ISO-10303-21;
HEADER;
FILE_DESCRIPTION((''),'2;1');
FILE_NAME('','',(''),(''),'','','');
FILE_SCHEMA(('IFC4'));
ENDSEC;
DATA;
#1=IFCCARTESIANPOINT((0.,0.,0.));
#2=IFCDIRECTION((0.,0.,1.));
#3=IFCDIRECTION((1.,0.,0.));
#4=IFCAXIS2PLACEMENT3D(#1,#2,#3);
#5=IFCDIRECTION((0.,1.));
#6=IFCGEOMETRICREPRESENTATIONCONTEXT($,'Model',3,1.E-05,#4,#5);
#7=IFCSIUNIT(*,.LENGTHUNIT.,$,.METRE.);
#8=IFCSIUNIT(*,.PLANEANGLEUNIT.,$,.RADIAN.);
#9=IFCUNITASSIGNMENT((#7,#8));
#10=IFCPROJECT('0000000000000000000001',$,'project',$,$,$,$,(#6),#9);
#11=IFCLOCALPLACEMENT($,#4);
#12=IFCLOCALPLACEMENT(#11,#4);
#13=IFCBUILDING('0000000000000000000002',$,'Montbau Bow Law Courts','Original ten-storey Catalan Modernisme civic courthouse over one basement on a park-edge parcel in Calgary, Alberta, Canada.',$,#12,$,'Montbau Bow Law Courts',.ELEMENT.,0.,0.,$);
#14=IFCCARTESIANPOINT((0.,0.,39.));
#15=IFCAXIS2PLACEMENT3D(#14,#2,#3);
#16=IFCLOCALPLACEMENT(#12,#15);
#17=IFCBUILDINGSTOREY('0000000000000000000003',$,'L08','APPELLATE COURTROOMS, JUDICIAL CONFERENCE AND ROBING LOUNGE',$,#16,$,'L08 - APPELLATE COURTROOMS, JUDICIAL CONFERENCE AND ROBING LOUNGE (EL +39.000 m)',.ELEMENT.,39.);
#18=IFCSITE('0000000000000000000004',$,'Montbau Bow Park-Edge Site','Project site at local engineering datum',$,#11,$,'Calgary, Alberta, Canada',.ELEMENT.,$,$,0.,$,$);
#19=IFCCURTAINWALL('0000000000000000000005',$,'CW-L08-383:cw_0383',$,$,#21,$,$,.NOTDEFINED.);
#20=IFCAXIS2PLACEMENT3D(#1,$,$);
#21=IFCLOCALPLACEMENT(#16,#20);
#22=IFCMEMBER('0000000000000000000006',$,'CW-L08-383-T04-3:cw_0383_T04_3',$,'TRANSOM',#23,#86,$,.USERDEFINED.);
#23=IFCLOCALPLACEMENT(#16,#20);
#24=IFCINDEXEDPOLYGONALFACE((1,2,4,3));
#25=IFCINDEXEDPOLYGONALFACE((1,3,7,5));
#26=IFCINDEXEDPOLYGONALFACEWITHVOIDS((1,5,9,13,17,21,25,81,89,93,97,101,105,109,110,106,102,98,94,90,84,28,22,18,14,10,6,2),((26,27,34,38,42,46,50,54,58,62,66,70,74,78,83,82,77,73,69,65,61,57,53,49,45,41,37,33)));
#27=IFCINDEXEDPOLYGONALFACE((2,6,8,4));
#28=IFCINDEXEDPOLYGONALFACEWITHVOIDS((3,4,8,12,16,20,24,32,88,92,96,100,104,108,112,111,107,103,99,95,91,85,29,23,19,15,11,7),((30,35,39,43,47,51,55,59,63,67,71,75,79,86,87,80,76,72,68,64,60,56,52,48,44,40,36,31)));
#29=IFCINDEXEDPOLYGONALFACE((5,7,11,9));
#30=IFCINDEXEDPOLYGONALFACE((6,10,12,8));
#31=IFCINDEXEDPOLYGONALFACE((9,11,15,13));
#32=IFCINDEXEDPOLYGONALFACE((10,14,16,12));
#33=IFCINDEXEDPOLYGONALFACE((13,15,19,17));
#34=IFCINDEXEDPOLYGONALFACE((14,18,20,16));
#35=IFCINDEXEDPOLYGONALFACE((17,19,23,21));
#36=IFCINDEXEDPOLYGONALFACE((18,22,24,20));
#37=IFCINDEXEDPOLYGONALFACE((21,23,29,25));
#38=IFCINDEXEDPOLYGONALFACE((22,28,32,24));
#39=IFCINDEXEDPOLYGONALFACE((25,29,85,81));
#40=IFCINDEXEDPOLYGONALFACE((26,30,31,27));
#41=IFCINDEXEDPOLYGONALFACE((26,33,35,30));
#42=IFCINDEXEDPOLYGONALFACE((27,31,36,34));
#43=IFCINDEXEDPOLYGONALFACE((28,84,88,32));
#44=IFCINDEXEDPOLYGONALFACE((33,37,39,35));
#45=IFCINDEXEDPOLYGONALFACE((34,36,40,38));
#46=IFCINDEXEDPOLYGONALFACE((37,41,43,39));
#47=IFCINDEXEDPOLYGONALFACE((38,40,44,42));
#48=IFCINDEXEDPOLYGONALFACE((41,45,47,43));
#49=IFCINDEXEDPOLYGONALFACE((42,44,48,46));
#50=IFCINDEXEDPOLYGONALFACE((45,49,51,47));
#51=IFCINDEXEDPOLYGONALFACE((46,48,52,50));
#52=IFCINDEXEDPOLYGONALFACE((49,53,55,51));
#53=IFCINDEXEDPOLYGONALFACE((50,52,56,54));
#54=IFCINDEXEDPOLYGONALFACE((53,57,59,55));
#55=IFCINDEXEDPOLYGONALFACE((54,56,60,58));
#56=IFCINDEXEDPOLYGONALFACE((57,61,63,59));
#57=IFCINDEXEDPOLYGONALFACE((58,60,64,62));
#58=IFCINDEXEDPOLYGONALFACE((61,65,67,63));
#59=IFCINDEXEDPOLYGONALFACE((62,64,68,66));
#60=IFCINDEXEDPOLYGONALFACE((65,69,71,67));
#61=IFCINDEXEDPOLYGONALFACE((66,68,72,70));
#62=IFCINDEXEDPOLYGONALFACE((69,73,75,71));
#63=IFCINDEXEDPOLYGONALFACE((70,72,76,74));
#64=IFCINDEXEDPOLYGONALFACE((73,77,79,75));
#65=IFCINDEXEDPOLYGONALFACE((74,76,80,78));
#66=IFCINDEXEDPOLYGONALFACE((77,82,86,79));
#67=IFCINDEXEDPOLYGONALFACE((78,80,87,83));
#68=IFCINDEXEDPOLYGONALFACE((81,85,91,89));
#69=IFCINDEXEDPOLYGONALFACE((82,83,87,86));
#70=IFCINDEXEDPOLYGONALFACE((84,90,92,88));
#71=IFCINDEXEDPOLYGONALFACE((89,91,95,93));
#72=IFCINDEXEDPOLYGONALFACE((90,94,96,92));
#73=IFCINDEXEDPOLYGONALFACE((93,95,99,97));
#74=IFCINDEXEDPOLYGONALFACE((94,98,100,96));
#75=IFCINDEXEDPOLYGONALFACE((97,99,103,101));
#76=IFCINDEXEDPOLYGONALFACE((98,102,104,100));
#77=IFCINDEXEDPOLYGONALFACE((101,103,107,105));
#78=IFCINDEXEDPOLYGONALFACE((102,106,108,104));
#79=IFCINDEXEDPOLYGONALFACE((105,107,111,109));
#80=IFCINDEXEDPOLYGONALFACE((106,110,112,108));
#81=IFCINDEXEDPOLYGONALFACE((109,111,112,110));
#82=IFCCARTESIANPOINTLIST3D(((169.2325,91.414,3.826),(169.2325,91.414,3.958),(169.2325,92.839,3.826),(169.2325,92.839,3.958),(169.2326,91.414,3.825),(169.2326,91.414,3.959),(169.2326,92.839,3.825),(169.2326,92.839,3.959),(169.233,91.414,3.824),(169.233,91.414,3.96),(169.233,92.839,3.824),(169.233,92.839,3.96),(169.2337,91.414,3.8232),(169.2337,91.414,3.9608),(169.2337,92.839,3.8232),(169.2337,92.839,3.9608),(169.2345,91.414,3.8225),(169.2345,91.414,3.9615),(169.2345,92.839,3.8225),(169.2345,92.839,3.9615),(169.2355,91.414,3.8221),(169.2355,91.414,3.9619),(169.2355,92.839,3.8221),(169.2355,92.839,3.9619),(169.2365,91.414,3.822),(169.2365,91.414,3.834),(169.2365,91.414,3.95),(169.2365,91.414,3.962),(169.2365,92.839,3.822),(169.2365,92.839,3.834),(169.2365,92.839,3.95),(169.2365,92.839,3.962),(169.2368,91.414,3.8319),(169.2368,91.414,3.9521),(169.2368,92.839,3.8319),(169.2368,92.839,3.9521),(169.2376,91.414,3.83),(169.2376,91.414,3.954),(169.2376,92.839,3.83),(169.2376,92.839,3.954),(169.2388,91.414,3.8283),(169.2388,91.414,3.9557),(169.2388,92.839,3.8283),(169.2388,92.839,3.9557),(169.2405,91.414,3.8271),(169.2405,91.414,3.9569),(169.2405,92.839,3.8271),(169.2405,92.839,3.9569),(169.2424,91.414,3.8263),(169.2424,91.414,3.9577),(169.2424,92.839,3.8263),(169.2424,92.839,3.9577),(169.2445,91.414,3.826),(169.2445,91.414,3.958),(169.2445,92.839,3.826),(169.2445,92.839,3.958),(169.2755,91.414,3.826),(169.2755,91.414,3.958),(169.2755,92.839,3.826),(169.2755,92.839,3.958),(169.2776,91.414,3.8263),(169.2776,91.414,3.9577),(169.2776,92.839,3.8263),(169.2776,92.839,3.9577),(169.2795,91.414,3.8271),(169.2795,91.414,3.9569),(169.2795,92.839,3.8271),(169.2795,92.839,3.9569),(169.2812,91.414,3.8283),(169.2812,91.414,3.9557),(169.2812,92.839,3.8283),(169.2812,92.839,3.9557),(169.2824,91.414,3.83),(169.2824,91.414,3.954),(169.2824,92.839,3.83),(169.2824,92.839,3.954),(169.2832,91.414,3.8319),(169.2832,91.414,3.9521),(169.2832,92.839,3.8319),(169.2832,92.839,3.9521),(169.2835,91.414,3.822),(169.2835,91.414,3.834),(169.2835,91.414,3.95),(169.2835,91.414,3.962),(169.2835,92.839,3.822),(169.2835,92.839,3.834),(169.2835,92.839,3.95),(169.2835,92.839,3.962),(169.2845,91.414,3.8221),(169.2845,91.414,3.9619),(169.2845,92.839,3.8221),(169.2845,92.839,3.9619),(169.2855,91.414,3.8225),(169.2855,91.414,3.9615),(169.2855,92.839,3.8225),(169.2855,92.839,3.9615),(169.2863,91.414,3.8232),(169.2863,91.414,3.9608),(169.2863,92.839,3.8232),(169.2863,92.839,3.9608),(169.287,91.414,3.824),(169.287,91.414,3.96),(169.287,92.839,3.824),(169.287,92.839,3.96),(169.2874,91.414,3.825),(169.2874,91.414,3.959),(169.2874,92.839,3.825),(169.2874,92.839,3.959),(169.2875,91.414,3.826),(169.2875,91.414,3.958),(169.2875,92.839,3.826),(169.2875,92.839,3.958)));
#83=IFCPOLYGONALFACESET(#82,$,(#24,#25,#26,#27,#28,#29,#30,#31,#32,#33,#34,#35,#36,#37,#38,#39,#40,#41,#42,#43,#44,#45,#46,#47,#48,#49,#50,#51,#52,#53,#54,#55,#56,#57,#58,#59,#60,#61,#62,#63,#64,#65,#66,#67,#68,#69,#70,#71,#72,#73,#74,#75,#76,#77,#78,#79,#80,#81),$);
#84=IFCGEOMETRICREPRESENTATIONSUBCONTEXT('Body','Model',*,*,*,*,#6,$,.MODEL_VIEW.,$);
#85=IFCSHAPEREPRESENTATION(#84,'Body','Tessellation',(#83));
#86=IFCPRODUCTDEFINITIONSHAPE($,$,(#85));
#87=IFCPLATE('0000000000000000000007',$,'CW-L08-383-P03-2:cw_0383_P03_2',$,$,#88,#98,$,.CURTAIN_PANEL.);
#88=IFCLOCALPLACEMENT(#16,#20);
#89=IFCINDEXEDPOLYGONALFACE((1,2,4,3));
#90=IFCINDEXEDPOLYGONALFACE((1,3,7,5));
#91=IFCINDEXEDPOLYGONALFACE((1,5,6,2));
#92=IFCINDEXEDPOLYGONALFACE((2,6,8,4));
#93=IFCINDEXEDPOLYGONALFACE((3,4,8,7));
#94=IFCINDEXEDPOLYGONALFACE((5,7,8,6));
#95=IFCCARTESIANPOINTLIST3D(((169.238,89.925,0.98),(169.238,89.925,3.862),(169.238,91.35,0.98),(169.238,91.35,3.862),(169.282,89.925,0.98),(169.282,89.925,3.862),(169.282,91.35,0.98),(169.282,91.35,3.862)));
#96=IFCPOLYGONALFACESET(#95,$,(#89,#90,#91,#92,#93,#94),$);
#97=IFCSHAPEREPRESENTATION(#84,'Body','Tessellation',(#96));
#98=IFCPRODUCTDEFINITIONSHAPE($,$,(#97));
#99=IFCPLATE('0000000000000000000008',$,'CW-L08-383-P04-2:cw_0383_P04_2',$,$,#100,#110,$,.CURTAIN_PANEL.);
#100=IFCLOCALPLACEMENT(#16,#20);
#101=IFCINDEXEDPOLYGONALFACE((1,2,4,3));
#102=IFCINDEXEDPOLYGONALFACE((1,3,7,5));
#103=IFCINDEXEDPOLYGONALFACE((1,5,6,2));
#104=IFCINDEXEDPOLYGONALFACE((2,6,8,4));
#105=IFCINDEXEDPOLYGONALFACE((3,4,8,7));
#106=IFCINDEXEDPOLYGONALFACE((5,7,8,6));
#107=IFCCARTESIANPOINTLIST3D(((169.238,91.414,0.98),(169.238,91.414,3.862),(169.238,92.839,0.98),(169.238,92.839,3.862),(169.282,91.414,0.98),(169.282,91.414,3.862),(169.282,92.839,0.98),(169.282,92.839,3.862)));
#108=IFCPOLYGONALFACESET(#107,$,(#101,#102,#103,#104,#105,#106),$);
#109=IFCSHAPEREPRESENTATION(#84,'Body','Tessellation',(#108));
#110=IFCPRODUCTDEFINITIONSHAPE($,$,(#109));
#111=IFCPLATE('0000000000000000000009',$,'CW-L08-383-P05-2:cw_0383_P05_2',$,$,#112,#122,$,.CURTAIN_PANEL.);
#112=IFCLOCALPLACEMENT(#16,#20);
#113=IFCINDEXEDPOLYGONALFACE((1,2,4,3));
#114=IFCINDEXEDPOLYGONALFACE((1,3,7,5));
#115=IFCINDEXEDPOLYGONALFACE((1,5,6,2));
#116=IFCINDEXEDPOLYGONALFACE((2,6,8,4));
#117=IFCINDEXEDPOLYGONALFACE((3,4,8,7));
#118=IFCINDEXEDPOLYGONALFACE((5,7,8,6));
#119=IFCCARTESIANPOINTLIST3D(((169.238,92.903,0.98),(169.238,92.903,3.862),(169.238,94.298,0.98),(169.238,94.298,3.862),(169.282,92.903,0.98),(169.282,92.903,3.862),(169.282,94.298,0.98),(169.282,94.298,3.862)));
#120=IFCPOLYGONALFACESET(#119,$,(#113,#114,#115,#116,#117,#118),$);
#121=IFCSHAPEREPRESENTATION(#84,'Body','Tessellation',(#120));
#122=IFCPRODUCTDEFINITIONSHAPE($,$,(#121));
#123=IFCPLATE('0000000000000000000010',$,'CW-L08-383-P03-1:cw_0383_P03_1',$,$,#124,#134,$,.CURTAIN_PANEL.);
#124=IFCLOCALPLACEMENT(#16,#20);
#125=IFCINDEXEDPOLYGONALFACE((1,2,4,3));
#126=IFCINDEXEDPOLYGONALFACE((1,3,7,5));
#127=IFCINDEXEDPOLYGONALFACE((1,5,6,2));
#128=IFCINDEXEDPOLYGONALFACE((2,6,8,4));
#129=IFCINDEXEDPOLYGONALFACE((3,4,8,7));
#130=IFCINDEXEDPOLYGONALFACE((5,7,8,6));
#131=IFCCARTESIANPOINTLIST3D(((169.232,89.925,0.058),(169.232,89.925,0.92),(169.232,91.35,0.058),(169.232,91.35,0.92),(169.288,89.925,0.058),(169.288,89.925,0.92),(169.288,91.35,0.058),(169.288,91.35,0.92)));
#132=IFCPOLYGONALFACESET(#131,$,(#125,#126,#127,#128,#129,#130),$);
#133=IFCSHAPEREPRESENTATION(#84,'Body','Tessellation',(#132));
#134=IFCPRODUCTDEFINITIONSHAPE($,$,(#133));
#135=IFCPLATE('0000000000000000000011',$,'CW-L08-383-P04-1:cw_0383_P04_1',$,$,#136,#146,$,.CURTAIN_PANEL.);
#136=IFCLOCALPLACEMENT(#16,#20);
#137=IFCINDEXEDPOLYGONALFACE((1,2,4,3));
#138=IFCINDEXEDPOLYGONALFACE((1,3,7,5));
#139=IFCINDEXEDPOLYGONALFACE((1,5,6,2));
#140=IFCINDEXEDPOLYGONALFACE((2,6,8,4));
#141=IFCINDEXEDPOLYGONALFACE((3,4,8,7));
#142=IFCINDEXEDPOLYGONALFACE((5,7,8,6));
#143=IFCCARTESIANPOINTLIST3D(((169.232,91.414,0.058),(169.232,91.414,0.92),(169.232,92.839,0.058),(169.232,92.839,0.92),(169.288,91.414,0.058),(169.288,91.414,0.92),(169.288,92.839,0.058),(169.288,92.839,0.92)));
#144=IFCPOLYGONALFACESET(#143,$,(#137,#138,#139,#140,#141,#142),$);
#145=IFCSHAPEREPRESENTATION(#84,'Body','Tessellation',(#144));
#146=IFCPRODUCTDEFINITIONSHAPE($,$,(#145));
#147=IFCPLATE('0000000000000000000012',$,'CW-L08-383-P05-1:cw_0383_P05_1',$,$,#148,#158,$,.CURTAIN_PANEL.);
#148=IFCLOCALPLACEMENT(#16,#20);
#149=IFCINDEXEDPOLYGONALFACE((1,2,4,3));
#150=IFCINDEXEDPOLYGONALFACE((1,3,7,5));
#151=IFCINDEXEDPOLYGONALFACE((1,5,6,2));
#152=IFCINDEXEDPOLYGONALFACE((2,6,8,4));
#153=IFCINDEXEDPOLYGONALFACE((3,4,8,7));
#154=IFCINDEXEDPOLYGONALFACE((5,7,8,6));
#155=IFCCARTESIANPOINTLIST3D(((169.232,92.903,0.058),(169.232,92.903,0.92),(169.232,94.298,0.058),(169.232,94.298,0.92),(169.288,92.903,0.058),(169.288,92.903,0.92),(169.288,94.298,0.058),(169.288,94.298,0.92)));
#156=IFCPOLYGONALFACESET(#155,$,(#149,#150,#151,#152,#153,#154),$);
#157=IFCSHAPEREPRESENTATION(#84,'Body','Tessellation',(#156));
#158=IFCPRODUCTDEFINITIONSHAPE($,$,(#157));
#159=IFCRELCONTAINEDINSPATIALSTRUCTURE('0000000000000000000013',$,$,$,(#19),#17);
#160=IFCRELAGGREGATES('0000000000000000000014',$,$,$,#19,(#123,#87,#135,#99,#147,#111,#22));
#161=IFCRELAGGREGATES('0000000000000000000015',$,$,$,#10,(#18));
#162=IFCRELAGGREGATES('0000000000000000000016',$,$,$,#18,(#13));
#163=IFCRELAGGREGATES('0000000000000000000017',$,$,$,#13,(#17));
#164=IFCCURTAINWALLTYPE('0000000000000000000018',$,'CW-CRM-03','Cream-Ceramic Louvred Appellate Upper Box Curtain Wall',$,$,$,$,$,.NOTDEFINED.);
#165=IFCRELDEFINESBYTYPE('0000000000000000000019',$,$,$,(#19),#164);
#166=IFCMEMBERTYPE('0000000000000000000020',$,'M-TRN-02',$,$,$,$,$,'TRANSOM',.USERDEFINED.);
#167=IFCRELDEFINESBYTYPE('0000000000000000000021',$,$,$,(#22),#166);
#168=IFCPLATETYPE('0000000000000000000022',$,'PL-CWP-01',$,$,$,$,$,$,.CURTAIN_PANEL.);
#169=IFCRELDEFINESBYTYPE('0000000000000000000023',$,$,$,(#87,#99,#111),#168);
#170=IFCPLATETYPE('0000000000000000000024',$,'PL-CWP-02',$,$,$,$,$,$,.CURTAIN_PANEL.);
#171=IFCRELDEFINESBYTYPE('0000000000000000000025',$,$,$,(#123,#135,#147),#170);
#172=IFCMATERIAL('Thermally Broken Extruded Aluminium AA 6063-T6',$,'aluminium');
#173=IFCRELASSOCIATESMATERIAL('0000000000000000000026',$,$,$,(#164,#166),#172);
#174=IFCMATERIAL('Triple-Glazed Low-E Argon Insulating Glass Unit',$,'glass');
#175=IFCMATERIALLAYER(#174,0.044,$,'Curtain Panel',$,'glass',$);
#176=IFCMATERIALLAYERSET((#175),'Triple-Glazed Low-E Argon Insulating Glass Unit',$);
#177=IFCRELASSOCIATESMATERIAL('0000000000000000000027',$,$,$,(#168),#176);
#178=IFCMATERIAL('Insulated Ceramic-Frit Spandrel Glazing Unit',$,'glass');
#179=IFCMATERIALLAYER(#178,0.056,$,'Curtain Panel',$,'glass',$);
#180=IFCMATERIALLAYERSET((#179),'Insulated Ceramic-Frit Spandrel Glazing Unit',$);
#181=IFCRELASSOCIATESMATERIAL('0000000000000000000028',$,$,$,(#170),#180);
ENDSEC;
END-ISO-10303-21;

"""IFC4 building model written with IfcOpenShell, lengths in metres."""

from ifc_helpers import new_model, si_unit, direction, frame, frame_2d, origin_with_axes, origin_2d_with_axis, place, context, subcontext, project, spatial, rectangle, hollow_rectangle, extrude, material, layer, layer_set, material_profile, profile_set, type_object, element, aggregate, save


model = new_model("IFC4")

# Units and contexts
model_context = context("Model", 3, precision=1e-05, world=origin_with_axes(), true_north=direction((0.0, 1.0)))
body_context = subcontext(model_context, "Body", "Model", "MODEL_VIEW")
ifc_project = project(units=[si_unit("LENGTHUNIT", "METRE"), si_unit("PLANEANGLEUNIT", "RADIAN")], contexts=[model_context])

# Site, building, storey
site_placement = place(None, origin_with_axes())
site = spatial("IfcSite", under=ifc_project, at=site_placement, Name="Montbau Bow Park-Edge Site", Description="Project site at local engineering datum", LongName="Calgary, Alberta, Canada", CompositionType="ELEMENT", RefElevation=0.0)
building_placement = place(site_placement, origin_with_axes())
building = spatial("IfcBuilding", under=site, at=building_placement, Name="Montbau Bow Law Courts", Description="Original ten-storey Catalan Modernisme civic courthouse over one basement on a park-edge parcel in Calgary, Alberta, Canada.", LongName="Montbau Bow Law Courts", CompositionType="ELEMENT", ElevationOfRefHeight=0.0, ElevationOfTerrain=0.0)
storey_placement = place(building_placement, frame((0.0, 0.0, 39.0), z_axis=(0.0, 0.0, 1.0), x_axis=(1.0, 0.0, 0.0)))
storey = spatial("IfcBuildingStorey", under=building, at=storey_placement, Name="L08", Description="APPELLATE COURTROOMS, JUDICIAL CONFERENCE AND ROBING LOUNGE", LongName="L08 - APPELLATE COURTROOMS, JUDICIAL CONFERENCE AND ROBING LOUNGE (EL +39.000 m)", CompositionType="ELEMENT", Elevation=39.0)

# Curtain wall, member, plates
ifc_material_1 = material(Name="Thermally Broken Extruded Aluminium AA 6063-T6", Category="aluminium")
curtain_wall_type = type_object("IfcCurtainWallType", Name="CW-CRM-03", Description="Cream-Ceramic Louvred Appellate Upper Box Curtain Wall", PredefinedType="NOTDEFINED", material=ifc_material_1)
curtain_wall_placement = place(None, frame((169.26, 86.915, 39.0), z_axis=(0.0, 0.0, 1.0), x_axis=(1.0, 0.0, 0.0)))
curtain_wall = element("IfcCurtainWall", 1, at=curtain_wall_placement, inside=storey, type_object=curtain_wall_type, Name="CW-L08-383:cw_0383", PredefinedType="NOTDEFINED")
ifc_material_profile_1 = material_profile(ifc_material_1, hollow_rectangle(XDim=0.055, YDim=0.14, WallThickness=0.004, InnerFilletRadius=0.008, OuterFilletRadius=0.004, at=origin_2d_with_axis()), Name="CWT-140X55", Category="Main", Priority=0)
ifc_profile_set_1 = profile_set([ifc_material_profile_1], Name="Thermally Broken Extruded Aluminium AA 6063-T6")
member_type_1 = type_object("IfcMemberType", Name="M-TRN-02", ElementType="TRANSOM", PredefinedType="USERDEFINED", material=ifc_profile_set_1)
member_1_placement = place(None, frame((169.26, 91.414, 42.892), z_axis=(0.0, 1.0, 0.0), x_axis=(-1.0, 0.0, 0.0)))
member_1 = element("IfcMember", 2, at=member_1_placement, type_object=member_type_1, Name="CW-L08-383-T04-3:cw_0383_T04_3", ObjectType="TRANSOM", PredefinedType="USERDEFINED", context=body_context, shape_type="SweptSolid", body=[
    extrude(hollow_rectangle(XDim=0.055, YDim=0.14, WallThickness=0.004, InnerFilletRadius=0.008, OuterFilletRadius=0.004, at=origin_2d_with_axis()), origin_with_axes(), (0.0, 0.0, 1.0), 1.425),
])
ifc_material_2 = material(Name="Triple-Glazed Low-E Argon Insulating Glass Unit", Category="glass")
ifc_layer_1 = layer(ifc_material_2, 0.044, Name="Curtain Panel", Category="glass")
ifc_layer_set_1 = layer_set([ifc_layer_1], Name="Triple-Glazed Low-E Argon Insulating Glass Unit")
plate_type_1 = type_object("IfcPlateType", Name="PL-CWP-01", PredefinedType="CURTAIN_PANEL", material=ifc_layer_set_1)
plate_1_placement = place(None, frame((169.26, 89.925, 39.98), z_axis=(1.0, 0.0, 0.0), x_axis=(0.0, 1.0, 0.0)))
plate_1 = element("IfcPlate", 3, at=plate_1_placement, type_object=plate_type_1, Name="CW-L08-383-P03-2:cw_0383_P03_2", PredefinedType="CURTAIN_PANEL", context=body_context, shape_type="SweptSolid", body=[
    extrude(rectangle(XDim=1.425, YDim=2.882, at=frame_2d((0.7125, 1.441), x_axis=(1.0, 0.0))), frame((0.0, 0.0, -0.022), z_axis=(0.0, 0.0, 1.0), x_axis=(1.0, 0.0, 0.0)), (0.0, 0.0, 1.0), 0.044),
])
plate_2_placement = place(None, frame((169.26, 91.414, 39.98), z_axis=(1.0, 0.0, 0.0), x_axis=(0.0, 1.0, 0.0)))
plate_2 = element("IfcPlate", 4, at=plate_2_placement, type_object=plate_type_1, Name="CW-L08-383-P04-2:cw_0383_P04_2", PredefinedType="CURTAIN_PANEL", context=body_context, shape_type="SweptSolid", body=[
    extrude(rectangle(XDim=1.425, YDim=2.882, at=frame_2d((0.7125, 1.441), x_axis=(1.0, 0.0))), frame((0.0, 0.0, -0.022), z_axis=(0.0, 0.0, 1.0), x_axis=(1.0, 0.0, 0.0)), (0.0, 0.0, 1.0), 0.044),
])
plate_3_placement = place(None, frame((169.26, 92.903, 39.98), z_axis=(1.0, 0.0, 0.0), x_axis=(0.0, 1.0, 0.0)))
plate_3 = element("IfcPlate", 5, at=plate_3_placement, type_object=plate_type_1, Name="CW-L08-383-P05-2:cw_0383_P05_2", PredefinedType="CURTAIN_PANEL", context=body_context, shape_type="SweptSolid", body=[
    extrude(rectangle(XDim=1.395, YDim=2.882, at=frame_2d((0.6975, 1.441), x_axis=(1.0, 0.0))), frame((0.0, 0.0, -0.022), z_axis=(0.0, 0.0, 1.0), x_axis=(1.0, 0.0, 0.0)), (0.0, 0.0, 1.0), 0.044),
])
ifc_material_3 = material(Name="Insulated Ceramic-Frit Spandrel Glazing Unit", Category="glass")
ifc_layer_2 = layer(ifc_material_3, 0.056, Name="Curtain Panel", Category="glass")
ifc_layer_set_2 = layer_set([ifc_layer_2], Name="Insulated Ceramic-Frit Spandrel Glazing Unit")
plate_type_2 = type_object("IfcPlateType", Name="PL-CWP-02", PredefinedType="CURTAIN_PANEL", material=ifc_layer_set_2)
plate_4_placement = place(None, frame((169.26, 89.925, 39.058), z_axis=(1.0, 0.0, 0.0), x_axis=(0.0, 1.0, 0.0)))
plate_4 = element("IfcPlate", 6, at=plate_4_placement, type_object=plate_type_2, Name="CW-L08-383-P03-1:cw_0383_P03_1", PredefinedType="CURTAIN_PANEL", context=body_context, shape_type="SweptSolid", body=[
    extrude(rectangle(XDim=1.425, YDim=0.862, at=frame_2d((0.7125, 0.431), x_axis=(1.0, 0.0))), frame((0.0, 0.0, -0.028), z_axis=(0.0, 0.0, 1.0), x_axis=(1.0, 0.0, 0.0)), (0.0, 0.0, 1.0), 0.056),
])
plate_5_placement = place(None, frame((169.26, 91.414, 39.058), z_axis=(1.0, 0.0, 0.0), x_axis=(0.0, 1.0, 0.0)))
plate_5 = element("IfcPlate", 7, at=plate_5_placement, type_object=plate_type_2, Name="CW-L08-383-P04-1:cw_0383_P04_1", PredefinedType="CURTAIN_PANEL", context=body_context, shape_type="SweptSolid", body=[
    extrude(rectangle(XDim=1.425, YDim=0.862, at=frame_2d((0.7125, 0.431), x_axis=(1.0, 0.0))), frame((0.0, 0.0, -0.028), z_axis=(0.0, 0.0, 1.0), x_axis=(1.0, 0.0, 0.0)), (0.0, 0.0, 1.0), 0.056),
])
plate_6_placement = place(None, frame((169.26, 92.903, 39.058), z_axis=(1.0, 0.0, 0.0), x_axis=(0.0, 1.0, 0.0)))
plate_6 = element("IfcPlate", 8, at=plate_6_placement, type_object=plate_type_2, Name="CW-L08-383-P05-1:cw_0383_P05_1", PredefinedType="CURTAIN_PANEL", context=body_context, shape_type="SweptSolid", body=[
    extrude(rectangle(XDim=1.395, YDim=0.862, at=frame_2d((0.6975, 0.431), x_axis=(1.0, 0.0))), frame((0.0, 0.0, -0.028), z_axis=(0.0, 0.0, 1.0), x_axis=(1.0, 0.0, 0.0)), (0.0, 0.0, 1.0), 0.056),
])
aggregate(curtain_wall, [plate_4, plate_1, plate_5, plate_2, plate_6, plate_3, member_1])

save(model, "model.ifc")
